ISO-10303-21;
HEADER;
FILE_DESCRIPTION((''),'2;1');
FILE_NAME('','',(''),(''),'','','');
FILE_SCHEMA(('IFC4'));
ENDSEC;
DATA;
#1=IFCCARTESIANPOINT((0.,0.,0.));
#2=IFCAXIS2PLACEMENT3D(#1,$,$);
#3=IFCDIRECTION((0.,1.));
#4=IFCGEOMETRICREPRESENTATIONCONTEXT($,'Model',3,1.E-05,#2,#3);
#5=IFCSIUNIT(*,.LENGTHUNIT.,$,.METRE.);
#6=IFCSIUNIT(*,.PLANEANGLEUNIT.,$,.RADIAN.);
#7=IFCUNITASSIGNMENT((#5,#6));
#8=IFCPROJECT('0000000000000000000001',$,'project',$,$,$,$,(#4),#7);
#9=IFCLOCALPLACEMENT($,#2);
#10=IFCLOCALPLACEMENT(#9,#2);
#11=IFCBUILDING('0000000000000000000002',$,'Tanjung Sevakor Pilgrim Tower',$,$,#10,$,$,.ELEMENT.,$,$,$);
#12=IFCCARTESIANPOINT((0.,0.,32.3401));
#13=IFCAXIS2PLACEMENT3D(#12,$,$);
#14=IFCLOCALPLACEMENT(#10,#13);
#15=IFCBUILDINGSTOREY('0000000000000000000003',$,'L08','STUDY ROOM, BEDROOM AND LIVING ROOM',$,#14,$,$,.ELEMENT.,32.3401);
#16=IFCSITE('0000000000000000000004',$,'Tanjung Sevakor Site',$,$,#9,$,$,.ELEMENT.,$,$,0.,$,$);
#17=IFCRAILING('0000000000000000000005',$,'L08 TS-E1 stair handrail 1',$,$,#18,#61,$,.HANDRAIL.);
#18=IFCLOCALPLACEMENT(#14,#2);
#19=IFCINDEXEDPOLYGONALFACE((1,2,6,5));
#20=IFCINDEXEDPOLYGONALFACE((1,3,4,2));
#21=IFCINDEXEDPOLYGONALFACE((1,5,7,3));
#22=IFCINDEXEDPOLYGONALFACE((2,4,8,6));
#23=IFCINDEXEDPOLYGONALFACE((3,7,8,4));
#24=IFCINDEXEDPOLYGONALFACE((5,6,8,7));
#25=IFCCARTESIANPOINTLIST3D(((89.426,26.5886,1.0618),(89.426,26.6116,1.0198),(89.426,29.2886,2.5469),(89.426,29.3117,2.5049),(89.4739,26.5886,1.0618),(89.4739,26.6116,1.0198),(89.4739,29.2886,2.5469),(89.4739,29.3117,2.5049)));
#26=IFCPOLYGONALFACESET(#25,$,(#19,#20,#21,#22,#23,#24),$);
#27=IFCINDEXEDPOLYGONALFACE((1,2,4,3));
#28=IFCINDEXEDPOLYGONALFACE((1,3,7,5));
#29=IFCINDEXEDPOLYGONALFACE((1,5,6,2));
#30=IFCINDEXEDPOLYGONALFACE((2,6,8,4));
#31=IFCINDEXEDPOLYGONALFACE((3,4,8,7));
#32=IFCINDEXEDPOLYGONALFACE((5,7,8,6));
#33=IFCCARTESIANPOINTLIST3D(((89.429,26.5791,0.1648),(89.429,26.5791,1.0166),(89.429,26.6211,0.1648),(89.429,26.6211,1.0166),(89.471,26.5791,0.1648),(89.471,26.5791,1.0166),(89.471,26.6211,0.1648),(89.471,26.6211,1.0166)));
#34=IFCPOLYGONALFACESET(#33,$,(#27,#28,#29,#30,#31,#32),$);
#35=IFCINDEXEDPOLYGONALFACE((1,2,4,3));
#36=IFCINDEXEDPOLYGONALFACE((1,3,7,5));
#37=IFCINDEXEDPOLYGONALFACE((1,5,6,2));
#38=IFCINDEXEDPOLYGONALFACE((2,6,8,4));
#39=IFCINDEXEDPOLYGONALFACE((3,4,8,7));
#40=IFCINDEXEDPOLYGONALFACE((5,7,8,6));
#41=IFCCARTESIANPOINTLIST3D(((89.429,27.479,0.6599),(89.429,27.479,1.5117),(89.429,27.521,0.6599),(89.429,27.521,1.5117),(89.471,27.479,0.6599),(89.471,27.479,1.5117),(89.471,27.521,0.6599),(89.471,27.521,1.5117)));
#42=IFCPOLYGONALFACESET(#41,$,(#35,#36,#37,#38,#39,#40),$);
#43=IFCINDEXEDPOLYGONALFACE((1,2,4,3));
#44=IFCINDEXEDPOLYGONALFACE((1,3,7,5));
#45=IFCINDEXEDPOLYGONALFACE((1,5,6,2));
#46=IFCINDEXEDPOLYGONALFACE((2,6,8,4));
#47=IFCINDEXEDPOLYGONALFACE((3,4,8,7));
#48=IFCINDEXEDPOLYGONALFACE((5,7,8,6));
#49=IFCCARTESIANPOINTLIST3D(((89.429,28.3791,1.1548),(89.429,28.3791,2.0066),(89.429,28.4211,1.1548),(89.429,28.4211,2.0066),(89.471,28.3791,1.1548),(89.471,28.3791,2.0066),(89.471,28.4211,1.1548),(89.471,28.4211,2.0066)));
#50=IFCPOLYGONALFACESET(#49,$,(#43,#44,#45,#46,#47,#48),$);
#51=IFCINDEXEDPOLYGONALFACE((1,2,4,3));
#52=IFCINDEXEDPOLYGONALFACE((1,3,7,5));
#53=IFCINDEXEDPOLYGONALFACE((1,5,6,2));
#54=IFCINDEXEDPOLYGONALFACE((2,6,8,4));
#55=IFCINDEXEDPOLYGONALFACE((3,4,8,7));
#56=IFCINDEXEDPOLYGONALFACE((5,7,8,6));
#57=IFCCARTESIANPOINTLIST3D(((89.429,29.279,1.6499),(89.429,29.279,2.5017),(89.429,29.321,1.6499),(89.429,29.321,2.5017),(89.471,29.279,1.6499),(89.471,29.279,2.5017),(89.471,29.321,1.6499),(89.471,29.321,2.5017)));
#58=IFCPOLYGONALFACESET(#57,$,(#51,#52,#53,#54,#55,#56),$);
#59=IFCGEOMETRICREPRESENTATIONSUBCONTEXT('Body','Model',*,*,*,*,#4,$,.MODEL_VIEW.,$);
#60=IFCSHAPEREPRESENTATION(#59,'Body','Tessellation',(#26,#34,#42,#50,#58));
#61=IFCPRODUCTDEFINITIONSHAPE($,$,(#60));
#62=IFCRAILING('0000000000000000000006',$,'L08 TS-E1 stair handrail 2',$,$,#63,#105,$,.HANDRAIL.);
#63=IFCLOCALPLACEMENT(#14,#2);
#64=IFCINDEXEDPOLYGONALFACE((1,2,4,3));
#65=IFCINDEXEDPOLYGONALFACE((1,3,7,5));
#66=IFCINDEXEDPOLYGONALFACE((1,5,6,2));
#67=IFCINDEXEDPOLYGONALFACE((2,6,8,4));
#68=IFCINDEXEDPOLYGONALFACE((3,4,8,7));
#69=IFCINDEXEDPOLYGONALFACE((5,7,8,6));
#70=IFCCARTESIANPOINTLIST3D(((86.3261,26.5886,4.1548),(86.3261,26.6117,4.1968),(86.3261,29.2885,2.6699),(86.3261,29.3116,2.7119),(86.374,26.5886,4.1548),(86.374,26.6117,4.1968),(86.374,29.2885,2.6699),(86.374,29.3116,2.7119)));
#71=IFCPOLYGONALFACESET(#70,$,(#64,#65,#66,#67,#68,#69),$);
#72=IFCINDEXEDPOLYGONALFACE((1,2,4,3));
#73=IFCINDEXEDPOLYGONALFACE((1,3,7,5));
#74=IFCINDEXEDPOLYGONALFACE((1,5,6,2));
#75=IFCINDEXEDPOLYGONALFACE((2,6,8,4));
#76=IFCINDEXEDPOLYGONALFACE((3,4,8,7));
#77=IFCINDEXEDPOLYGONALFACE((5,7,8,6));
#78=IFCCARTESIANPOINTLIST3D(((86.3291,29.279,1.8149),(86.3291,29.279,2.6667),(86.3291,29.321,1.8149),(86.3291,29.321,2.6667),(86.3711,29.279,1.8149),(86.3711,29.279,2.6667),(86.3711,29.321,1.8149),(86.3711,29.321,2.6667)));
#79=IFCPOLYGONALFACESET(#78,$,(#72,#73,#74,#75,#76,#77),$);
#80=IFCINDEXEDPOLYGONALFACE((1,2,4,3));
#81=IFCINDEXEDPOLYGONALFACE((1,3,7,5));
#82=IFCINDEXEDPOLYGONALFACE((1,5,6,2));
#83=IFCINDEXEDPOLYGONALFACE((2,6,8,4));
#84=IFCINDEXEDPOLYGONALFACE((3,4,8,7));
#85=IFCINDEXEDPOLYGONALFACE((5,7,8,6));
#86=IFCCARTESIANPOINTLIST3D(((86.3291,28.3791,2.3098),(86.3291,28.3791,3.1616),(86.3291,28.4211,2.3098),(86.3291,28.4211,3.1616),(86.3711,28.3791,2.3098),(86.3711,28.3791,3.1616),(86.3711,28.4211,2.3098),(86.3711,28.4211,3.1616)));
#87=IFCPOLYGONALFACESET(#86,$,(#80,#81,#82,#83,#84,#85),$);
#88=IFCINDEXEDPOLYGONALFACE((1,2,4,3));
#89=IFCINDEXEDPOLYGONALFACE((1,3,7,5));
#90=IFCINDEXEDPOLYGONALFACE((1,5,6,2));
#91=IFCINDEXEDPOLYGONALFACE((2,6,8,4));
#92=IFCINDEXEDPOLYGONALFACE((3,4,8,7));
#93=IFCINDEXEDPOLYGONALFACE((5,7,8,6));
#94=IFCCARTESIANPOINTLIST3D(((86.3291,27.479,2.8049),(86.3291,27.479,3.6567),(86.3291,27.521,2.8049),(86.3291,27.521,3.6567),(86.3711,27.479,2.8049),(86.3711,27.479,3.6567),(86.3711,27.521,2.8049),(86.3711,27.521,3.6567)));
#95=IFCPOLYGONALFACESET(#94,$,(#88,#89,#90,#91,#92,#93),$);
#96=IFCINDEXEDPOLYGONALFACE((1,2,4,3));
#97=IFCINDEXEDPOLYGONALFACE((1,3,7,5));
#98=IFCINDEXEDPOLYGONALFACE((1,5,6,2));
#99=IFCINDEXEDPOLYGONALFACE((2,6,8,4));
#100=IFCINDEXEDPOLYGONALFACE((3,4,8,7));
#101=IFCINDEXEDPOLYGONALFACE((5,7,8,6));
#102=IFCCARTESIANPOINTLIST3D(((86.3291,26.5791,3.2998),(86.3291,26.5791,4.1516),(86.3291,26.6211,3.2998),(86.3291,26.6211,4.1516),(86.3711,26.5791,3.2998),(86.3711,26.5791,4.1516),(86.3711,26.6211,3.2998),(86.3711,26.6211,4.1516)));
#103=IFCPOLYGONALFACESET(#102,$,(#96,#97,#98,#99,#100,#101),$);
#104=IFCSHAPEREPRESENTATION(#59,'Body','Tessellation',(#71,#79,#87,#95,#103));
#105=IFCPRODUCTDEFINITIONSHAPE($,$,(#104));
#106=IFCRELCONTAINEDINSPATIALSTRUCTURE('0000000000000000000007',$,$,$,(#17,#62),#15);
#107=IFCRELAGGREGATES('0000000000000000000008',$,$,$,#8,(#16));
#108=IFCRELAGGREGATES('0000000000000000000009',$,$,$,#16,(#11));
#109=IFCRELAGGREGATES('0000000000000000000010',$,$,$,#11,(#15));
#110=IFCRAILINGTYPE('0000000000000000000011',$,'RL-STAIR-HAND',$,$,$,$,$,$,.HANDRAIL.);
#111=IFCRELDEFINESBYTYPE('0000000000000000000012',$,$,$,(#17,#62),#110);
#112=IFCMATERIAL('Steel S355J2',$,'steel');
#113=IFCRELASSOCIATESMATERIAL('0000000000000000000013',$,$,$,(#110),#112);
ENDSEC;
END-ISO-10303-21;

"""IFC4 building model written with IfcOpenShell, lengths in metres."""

from ifc_helpers import new_model, si_unit, direction, frame, origin, place, context, subcontext, project, spatial, rectangle, extrude, material, type_object, element, save


model = new_model("IFC4")

# Units and contexts
model_context = context("Model", 3, precision=1e-05, world=origin(), true_north=direction((0.0, 1.0)))
body_context = subcontext(model_context, "Body", "Model", "MODEL_VIEW")
ifc_project = project(units=[si_unit("LENGTHUNIT", "METRE"), si_unit("PLANEANGLEUNIT", "RADIAN")], contexts=[model_context])

# Site, building, storey
site_placement = place(None, origin())
site = spatial("IfcSite", under=ifc_project, at=site_placement, Name="Tanjung Sevakor Site", CompositionType="ELEMENT", RefElevation=0.0)
building_placement = place(site_placement, origin())
building = spatial("IfcBuilding", under=site, at=building_placement, Name="Tanjung Sevakor Pilgrim Tower", CompositionType="ELEMENT")
storey_placement = place(building_placement, frame((0.0, 0.0, 32.3401)))
storey = spatial("IfcBuildingStorey", under=building, at=storey_placement, Name="L08", Description="STUDY ROOM, BEDROOM AND LIVING ROOM", CompositionType="ELEMENT", Elevation=32.3401)

# Railings
ifc_material_1 = material(Name="Steel S355J2", Category="steel")
railing_type_1 = type_object("IfcRailingType", Name="RL-STAIR-HAND", PredefinedType="HANDRAIL", material=ifc_material_1)
railing_1_placement = place(storey_placement, frame((89.45, 26.6001, 0.1648)))
element("IfcRailing", 1, at=railing_1_placement, inside=storey, type_object=railing_type_1, Name="L08 TS-E1 stair handrail 1", PredefinedType="HANDRAIL", context=body_context, shape_type="SweptSolid", body=[
    extrude(rectangle(XDim=0.0479, YDim=0.0479), frame((0.0, 0.0, 0.876), z_axis=(0.0, 0.876198, 0.481952), x_axis=(-1.0, 0.0, 0.0)), (0.0, 0.0, 1.0), 3.0815),
    extrude(rectangle(XDim=0.042, YDim=0.042), origin(), (0.0, 0.0, 1.0), 0.8518),
    extrude(rectangle(XDim=0.042, YDim=0.042), frame((0.0, 0.8999, 0.4951)), (0.0, 0.0, 1.0), 0.8518),
    extrude(rectangle(XDim=0.042, YDim=0.042), frame((0.0, 1.8, 0.99)), (0.0, 0.0, 1.0), 0.8518),
    extrude(rectangle(XDim=0.042, YDim=0.042), frame((0.0, 2.7, 1.4851)), (0.0, 0.0, 1.0), 0.8518),
])
railing_2_placement = place(storey_placement, frame((86.3501, 29.3, 1.8149)))
element("IfcRailing", 2, at=railing_2_placement, inside=storey, type_object=railing_type_1, Name="L08 TS-E1 stair handrail 2", PredefinedType="HANDRAIL", context=body_context, shape_type="SweptSolid", body=[
    extrude(rectangle(XDim=0.0479, YDim=0.0479), frame((0.0, 0.0, 0.876), z_axis=(0.0, -0.876231, 0.481891), x_axis=(1.0, 0.0, 0.0)), (0.0, 0.0, 1.0), 3.0813),
    extrude(rectangle(XDim=0.042, YDim=0.042), origin(), (0.0, 0.0, 1.0), 0.8518),
    extrude(rectangle(XDim=0.042, YDim=0.042), frame((0.0, -0.8999, 0.4949)), (0.0, 0.0, 1.0), 0.8518),
    extrude(rectangle(XDim=0.042, YDim=0.042), frame((0.0, -1.8, 0.99)), (0.0, 0.0, 1.0), 0.8518),
    extrude(rectangle(XDim=0.042, YDim=0.042), frame((0.0, -2.7, 1.4849)), (0.0, 0.0, 1.0), 0.8518),
])

save(model, "model.ifc")
